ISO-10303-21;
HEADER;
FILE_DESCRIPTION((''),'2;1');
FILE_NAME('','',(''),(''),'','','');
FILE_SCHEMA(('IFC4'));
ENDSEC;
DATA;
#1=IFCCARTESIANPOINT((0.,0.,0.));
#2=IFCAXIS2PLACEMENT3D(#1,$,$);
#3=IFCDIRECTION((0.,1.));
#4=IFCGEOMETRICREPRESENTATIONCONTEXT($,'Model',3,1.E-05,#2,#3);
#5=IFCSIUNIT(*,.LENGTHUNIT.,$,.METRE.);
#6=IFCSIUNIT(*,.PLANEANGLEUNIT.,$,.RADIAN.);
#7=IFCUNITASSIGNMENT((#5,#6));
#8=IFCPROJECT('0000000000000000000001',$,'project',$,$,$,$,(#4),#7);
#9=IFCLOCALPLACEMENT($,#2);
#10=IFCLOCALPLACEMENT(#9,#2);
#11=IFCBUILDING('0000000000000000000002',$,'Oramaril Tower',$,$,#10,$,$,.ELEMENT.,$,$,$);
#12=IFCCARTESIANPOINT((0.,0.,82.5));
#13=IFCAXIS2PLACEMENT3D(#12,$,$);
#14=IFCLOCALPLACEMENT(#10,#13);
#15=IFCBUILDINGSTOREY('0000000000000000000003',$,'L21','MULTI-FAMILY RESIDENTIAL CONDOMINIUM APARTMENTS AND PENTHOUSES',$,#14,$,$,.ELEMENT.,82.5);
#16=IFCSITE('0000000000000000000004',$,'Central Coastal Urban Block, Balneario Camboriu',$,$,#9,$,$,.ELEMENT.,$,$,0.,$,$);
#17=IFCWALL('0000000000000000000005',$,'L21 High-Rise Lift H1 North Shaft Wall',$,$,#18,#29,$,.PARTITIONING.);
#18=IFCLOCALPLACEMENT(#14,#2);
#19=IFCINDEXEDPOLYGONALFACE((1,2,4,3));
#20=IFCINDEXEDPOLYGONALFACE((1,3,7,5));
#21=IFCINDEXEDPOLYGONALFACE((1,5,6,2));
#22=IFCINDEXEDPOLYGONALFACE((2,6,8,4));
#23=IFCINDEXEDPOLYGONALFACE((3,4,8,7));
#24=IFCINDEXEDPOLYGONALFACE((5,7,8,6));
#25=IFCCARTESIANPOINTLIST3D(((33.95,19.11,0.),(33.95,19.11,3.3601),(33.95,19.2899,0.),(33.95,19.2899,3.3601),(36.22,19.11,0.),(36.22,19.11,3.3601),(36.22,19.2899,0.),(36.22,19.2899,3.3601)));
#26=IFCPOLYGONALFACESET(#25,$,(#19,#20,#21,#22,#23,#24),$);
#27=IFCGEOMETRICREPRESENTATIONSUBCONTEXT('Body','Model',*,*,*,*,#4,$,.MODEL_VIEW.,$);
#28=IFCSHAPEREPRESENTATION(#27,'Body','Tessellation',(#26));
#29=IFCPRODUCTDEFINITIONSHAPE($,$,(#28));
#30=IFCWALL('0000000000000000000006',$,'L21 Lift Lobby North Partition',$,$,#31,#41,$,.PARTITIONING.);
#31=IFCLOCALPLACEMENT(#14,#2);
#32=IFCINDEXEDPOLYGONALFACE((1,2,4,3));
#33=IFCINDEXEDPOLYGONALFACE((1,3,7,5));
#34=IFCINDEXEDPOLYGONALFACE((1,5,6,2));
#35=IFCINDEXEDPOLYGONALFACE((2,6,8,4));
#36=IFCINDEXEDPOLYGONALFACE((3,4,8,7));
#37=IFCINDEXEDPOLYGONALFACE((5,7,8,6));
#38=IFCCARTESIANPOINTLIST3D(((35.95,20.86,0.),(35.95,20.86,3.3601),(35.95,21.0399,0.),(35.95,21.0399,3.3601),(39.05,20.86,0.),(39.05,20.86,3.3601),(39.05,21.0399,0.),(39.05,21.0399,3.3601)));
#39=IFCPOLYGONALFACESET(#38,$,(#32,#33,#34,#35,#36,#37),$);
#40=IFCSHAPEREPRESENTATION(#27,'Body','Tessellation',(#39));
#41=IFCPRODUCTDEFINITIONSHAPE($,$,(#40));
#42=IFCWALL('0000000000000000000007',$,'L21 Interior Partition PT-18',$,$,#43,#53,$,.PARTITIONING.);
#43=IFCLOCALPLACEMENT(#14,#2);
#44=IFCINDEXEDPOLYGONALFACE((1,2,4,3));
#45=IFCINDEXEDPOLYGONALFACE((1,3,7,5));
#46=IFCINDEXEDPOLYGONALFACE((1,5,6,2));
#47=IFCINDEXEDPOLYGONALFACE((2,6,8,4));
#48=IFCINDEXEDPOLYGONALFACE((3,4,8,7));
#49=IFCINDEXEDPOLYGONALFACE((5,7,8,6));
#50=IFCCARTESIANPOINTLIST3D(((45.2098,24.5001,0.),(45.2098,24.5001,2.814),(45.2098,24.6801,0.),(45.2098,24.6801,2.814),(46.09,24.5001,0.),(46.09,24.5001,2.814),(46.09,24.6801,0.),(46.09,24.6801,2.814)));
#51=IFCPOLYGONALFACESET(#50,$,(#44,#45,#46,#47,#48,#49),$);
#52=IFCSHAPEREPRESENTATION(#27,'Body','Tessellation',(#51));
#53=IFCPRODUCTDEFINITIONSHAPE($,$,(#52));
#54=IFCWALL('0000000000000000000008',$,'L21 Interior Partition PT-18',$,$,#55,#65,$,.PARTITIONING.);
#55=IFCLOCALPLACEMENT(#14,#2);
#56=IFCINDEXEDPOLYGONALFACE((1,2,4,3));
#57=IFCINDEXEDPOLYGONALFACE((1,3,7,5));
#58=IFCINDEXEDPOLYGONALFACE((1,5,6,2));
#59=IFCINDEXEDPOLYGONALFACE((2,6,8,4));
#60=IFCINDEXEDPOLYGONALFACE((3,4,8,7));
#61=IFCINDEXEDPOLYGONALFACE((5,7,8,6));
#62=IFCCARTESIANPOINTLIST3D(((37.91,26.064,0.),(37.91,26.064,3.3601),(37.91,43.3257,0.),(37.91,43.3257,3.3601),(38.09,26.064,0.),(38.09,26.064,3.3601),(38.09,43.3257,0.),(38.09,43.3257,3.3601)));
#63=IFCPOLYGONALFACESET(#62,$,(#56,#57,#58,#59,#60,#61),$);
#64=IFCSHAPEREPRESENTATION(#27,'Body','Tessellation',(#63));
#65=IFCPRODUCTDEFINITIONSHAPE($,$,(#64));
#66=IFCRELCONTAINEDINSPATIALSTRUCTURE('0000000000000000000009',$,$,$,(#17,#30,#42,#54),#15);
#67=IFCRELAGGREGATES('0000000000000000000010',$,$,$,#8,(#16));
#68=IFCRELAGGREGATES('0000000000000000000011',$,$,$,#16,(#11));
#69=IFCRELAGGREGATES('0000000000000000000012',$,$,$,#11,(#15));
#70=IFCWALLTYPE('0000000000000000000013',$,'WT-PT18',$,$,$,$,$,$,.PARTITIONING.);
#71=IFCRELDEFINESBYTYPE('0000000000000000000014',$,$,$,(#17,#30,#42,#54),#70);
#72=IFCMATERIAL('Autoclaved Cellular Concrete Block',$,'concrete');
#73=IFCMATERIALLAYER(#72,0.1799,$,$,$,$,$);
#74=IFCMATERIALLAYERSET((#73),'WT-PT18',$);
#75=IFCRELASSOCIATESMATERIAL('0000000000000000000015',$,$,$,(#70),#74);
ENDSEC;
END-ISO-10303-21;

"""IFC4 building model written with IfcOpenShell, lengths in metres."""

from ifc_helpers import new_model, si_unit, direction, frame, frame_2d, origin, place, context, subcontext, project, spatial, rectangle, extrude, material, layer, layer_set, type_object, element, save


model = new_model("IFC4")

# Units and contexts
model_context = context("Model", 3, precision=1e-05, world=origin(), true_north=direction((0.0, 1.0)))
body_context = subcontext(model_context, "Body", "Model", "MODEL_VIEW")
ifc_project = project(units=[si_unit("LENGTHUNIT", "METRE"), si_unit("PLANEANGLEUNIT", "RADIAN")], contexts=[model_context])

# Site, building, storey
site_placement = place(None, origin())
site = spatial("IfcSite", under=ifc_project, at=site_placement, Name="Central Coastal Urban Block, Balneario Camboriu", CompositionType="ELEMENT", RefElevation=0.0)
building_placement = place(site_placement, origin())
building = spatial("IfcBuilding", under=site, at=building_placement, Name="Oramaril Tower", CompositionType="ELEMENT")
storey_placement = place(building_placement, frame((0.0, 0.0, 82.5)))
storey = spatial("IfcBuildingStorey", under=building, at=storey_placement, Name="L21", Description="MULTI-FAMILY RESIDENTIAL CONDOMINIUM APARTMENTS AND PENTHOUSES", CompositionType="ELEMENT", Elevation=82.5)

# Walls
ifc_material_1 = material(Name="Autoclaved Cellular Concrete Block", Category="concrete")
ifc_layer_1 = layer(ifc_material_1, 0.1799)
ifc_layer_set_1 = layer_set([ifc_layer_1], Name="WT-PT18")
wall_type_1 = type_object("IfcWallType", Name="WT-PT18", PredefinedType="PARTITIONING", material=ifc_layer_set_1)
wall_1_placement = place(storey_placement, frame((33.95, 19.2, 0.0), z_axis=(0.0, 0.0, 1.0), x_axis=(1.0, 0.0, 0.0)))
element("IfcWall", 1, at=wall_1_placement, inside=storey, type_object=wall_type_1, Name="L21 High-Rise Lift H1 North Shaft Wall", PredefinedType="PARTITIONING", context=body_context, shape_type="SweptSolid", body=[
    extrude(rectangle(XDim=2.27, YDim=0.1799, at=frame_2d((1.135, 0.0))), origin(), (0.0, 0.0, 1.0), 3.3601),
])
wall_2_placement = place(storey_placement, frame((35.95, 20.95, 0.0), z_axis=(0.0, 0.0, 1.0), x_axis=(1.0, 0.0, 0.0)))
element("IfcWall", 2, at=wall_2_placement, inside=storey, type_object=wall_type_1, Name="L21 Lift Lobby North Partition", PredefinedType="PARTITIONING", context=body_context, shape_type="SweptSolid", body=[
    extrude(rectangle(XDim=3.1001, YDim=0.1799, at=frame_2d((1.55, 0.0))), origin(), (0.0, 0.0, 1.0), 3.3601),
])
wall_3_placement = place(storey_placement, frame((45.21, 24.5901, 0.0), z_axis=(0.0, 0.0, 1.0), x_axis=(1.0, 0.0, 0.0)))
element("IfcWall", 3, at=wall_3_placement, inside=storey, type_object=wall_type_1, Name="L21 Interior Partition PT-18", PredefinedType="PARTITIONING", context=body_context, shape_type="SweptSolid", body=[
    extrude(rectangle(XDim=0.8801, YDim=0.1799, at=frame_2d((0.4399, 0.0))), origin(), (0.0, 0.0, 1.0), 2.814),
])
wall_4_placement = place(storey_placement, frame((38.0, 26.064, 0.0), z_axis=(0.0, 0.0, 1.0), x_axis=(0.0, 1.0, 0.0)))
element("IfcWall", 4, at=wall_4_placement, inside=storey, type_object=wall_type_1, Name="L21 Interior Partition PT-18", PredefinedType="PARTITIONING", context=body_context, shape_type="SweptSolid", body=[
    extrude(rectangle(XDim=17.2617, YDim=0.1799, at=frame_2d((8.6309, 0.0))), origin(), (0.0, 0.0, 1.0), 3.3601),
])

save(model, "model.ifc")
